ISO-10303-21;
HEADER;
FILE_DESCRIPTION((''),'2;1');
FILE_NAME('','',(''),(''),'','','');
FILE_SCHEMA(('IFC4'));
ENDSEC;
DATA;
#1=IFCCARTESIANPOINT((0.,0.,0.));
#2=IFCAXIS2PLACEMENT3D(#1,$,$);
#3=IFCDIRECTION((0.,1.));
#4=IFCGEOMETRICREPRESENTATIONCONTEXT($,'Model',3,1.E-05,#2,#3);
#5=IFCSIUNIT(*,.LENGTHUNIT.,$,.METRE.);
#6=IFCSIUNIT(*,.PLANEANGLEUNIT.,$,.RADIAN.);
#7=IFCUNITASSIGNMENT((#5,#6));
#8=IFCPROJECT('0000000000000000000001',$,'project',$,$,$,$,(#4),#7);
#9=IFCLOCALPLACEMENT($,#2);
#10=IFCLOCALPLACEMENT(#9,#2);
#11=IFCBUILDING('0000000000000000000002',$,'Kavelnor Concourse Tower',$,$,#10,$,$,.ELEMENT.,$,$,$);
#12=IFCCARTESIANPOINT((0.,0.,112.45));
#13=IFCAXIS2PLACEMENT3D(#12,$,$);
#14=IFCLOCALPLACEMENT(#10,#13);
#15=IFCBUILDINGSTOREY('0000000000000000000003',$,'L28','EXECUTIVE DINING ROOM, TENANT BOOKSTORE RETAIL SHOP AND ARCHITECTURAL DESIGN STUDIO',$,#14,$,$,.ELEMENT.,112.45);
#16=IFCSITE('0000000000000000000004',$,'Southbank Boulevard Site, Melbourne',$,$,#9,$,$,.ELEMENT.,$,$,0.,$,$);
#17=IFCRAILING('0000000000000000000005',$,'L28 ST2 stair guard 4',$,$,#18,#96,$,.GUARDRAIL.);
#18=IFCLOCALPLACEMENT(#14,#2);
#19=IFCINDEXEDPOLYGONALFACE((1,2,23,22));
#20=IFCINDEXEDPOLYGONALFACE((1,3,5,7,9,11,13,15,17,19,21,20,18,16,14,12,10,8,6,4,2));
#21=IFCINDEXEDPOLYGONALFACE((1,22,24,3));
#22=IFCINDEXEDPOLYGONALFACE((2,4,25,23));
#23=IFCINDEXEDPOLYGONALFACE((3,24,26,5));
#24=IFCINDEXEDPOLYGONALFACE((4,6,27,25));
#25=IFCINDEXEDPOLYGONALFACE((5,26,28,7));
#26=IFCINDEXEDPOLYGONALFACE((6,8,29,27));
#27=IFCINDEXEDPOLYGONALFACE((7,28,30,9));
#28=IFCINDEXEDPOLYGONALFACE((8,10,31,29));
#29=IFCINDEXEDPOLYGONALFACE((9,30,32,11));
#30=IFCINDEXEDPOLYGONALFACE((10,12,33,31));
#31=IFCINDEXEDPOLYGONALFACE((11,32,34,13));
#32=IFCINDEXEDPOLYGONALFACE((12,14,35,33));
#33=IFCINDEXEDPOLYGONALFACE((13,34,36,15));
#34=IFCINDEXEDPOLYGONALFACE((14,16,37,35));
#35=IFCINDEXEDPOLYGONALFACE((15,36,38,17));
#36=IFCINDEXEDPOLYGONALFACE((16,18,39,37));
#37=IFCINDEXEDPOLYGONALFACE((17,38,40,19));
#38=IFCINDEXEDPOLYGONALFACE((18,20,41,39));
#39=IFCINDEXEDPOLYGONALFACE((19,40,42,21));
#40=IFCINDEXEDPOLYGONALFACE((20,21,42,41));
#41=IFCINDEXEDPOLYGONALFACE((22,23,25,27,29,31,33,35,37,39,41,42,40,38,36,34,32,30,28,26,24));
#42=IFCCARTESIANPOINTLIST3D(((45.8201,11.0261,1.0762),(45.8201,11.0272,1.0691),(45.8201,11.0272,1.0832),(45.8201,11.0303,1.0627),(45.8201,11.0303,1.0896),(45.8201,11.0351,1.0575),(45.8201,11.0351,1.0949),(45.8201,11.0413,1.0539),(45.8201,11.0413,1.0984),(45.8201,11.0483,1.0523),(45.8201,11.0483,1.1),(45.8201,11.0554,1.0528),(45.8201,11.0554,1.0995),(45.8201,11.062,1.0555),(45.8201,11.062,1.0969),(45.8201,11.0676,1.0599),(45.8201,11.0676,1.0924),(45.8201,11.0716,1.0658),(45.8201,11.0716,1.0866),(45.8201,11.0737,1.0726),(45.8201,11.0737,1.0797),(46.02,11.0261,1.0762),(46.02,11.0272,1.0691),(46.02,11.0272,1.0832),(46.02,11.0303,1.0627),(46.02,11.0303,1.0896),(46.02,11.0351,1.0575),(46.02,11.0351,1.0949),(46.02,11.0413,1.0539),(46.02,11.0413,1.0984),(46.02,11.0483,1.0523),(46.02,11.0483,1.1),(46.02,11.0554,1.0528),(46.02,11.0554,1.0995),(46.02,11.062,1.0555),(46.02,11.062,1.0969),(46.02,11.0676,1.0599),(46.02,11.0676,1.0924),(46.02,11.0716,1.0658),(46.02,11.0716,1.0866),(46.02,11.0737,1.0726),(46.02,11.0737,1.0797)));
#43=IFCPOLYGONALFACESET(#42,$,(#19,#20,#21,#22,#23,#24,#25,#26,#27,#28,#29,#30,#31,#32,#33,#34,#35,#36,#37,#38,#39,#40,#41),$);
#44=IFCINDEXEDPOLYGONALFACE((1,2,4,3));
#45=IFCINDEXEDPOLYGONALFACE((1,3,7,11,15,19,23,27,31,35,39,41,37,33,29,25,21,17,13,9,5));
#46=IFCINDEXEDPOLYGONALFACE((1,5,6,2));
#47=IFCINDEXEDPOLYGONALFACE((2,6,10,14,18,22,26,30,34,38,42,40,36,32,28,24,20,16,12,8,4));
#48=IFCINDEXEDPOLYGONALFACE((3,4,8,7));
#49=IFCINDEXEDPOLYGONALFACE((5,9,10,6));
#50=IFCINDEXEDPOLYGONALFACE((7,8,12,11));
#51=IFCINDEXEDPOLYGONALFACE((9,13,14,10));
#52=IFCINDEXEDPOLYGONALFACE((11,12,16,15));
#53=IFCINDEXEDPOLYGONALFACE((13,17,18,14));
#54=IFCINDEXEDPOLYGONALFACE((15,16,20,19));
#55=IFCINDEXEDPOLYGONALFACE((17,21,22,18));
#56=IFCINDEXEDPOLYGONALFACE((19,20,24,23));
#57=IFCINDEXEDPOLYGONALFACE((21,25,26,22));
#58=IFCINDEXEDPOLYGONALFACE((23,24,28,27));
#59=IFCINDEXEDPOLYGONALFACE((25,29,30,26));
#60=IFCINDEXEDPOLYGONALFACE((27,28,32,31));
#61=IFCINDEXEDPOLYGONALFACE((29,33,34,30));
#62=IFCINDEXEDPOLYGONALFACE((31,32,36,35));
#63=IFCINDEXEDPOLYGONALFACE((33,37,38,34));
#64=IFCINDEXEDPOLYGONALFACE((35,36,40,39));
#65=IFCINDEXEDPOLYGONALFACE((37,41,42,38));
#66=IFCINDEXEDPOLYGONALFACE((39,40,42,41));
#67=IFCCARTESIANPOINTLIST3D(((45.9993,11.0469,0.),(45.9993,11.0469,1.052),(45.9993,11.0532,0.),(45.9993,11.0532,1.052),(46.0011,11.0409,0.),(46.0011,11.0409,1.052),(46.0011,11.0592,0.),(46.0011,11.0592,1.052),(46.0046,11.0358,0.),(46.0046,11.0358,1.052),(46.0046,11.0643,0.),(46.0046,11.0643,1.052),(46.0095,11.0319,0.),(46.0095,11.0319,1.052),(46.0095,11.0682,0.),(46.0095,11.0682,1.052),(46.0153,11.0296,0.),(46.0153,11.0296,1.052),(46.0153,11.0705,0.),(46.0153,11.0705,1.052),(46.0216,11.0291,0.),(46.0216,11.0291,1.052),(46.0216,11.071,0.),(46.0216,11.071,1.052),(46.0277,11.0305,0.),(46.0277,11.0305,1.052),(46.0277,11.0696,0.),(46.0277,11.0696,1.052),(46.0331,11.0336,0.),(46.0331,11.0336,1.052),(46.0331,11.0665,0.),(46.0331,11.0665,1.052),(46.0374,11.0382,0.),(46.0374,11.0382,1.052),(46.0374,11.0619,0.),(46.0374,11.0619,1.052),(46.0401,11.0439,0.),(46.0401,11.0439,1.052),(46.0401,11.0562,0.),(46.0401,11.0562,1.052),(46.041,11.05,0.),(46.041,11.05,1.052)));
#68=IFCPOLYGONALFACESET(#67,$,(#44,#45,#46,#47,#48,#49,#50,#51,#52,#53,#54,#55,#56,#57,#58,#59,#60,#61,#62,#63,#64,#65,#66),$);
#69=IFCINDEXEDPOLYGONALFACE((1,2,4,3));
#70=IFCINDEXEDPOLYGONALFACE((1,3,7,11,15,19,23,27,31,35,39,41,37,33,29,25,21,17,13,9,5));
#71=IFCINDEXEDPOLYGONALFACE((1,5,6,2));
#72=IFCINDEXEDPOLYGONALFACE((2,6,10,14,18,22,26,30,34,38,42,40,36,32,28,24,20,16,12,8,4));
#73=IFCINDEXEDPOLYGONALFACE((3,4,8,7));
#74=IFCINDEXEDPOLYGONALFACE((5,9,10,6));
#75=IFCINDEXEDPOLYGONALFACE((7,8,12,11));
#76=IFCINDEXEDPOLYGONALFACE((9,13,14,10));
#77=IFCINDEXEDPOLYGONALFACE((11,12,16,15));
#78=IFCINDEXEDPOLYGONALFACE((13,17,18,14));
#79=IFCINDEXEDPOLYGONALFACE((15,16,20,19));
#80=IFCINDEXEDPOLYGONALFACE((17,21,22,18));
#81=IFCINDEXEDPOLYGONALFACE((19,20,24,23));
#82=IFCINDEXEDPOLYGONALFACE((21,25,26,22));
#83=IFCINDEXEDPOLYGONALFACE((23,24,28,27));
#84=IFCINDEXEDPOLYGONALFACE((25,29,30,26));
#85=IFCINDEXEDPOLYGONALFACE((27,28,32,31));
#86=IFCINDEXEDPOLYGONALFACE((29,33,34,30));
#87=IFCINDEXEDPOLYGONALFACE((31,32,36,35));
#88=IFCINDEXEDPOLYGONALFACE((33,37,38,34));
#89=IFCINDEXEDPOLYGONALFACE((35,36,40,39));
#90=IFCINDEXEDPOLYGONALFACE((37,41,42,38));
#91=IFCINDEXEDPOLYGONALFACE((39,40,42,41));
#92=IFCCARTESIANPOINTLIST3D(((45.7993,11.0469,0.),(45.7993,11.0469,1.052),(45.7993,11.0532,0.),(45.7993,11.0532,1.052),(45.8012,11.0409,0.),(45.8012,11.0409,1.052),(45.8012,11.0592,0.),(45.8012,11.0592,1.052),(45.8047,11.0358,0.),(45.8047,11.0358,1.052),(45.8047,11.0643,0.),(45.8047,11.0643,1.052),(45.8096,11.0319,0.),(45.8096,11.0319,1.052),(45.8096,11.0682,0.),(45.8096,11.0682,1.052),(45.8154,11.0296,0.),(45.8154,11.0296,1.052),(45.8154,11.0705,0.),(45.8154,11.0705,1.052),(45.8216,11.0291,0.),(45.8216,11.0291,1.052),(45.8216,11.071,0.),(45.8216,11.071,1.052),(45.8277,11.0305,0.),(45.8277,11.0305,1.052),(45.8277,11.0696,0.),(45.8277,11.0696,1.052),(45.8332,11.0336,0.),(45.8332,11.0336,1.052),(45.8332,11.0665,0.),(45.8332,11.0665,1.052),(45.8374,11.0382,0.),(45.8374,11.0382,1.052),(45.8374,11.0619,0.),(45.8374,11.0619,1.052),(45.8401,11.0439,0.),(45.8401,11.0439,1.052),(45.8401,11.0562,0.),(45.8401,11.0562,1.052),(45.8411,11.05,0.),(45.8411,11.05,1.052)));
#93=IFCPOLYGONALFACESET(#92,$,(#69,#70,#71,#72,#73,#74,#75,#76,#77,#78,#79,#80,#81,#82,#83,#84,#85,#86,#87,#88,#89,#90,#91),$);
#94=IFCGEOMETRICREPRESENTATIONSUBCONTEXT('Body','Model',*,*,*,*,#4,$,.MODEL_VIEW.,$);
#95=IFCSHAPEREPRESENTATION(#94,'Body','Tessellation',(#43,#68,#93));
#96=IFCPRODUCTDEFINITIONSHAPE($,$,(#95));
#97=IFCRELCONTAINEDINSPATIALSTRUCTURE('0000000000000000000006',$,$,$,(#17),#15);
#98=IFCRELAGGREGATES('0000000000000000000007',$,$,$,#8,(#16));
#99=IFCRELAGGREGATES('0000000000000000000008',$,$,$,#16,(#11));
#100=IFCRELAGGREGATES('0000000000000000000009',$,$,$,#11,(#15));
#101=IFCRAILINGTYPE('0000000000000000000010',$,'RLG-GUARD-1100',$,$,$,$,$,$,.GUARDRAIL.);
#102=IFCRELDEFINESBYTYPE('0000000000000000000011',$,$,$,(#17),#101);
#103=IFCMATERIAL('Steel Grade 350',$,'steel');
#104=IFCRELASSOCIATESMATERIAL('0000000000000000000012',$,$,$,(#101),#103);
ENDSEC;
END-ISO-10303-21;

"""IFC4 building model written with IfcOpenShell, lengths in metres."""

from ifc_helpers import new_model, si_unit, direction, frame, origin, origin_2d, place, context, subcontext, project, spatial, circle, extrude, material, type_object, element, save


model = new_model("IFC4")

# Units and contexts
model_context = context("Model", 3, precision=1e-05, world=origin(), true_north=direction((0.0, 1.0)))
body_context = subcontext(model_context, "Body", "Model", "MODEL_VIEW")
ifc_project = project(units=[si_unit("LENGTHUNIT", "METRE"), si_unit("PLANEANGLEUNIT", "RADIAN")], contexts=[model_context])

# Site, building, storey
site_placement = place(None, origin())
site = spatial("IfcSite", under=ifc_project, at=site_placement, Name="Southbank Boulevard Site, Melbourne", CompositionType="ELEMENT", RefElevation=0.0)
building_placement = place(site_placement, origin())
building = spatial("IfcBuilding", under=site, at=building_placement, Name="Kavelnor Concourse Tower", CompositionType="ELEMENT")
storey_placement = place(building_placement, frame((0.0, 0.0, 112.45)))
storey = spatial("IfcBuildingStorey", under=building, at=storey_placement, Name="L28", Description="EXECUTIVE DINING ROOM, TENANT BOOKSTORE RETAIL SHOP AND ARCHITECTURAL DESIGN STUDIO", CompositionType="ELEMENT", Elevation=112.45)

# Shared definitions
ifc_material_1 = material(Name="Steel Grade 350", Category="steel")

# Railing
railing_type_1 = type_object("IfcRailingType", Name="RLG-GUARD-1100", PredefinedType="GUARDRAIL", material=ifc_material_1)
railing_1_placement = place(storey_placement, frame((46.02, 11.05, 0.0)))
element("IfcRailing", 1, at=railing_1_placement, inside=storey, type_object=railing_type_1, Name="L28 ST2 stair guard 4", PredefinedType="GUARDRAIL", context=body_context, shape_type="SweptSolid", body=[
    extrude(circle(Radius=0.0239, at=origin_2d()), frame((0.0, 0.0, 1.0762), z_axis=(-1.0, 0.0, 0.0), x_axis=(0.0, -1.0, 0.0)), (0.0, 0.0, 1.0), 0.2),
    extrude(circle(Radius=0.021, at=origin_2d()), origin(), (0.0, 0.0, 1.0), 1.052),
    extrude(circle(Radius=0.021, at=origin_2d()), frame((-0.2, 0.0, 0.0)), (0.0, 0.0, 1.0), 1.052),
])

save(model, "model.ifc")
